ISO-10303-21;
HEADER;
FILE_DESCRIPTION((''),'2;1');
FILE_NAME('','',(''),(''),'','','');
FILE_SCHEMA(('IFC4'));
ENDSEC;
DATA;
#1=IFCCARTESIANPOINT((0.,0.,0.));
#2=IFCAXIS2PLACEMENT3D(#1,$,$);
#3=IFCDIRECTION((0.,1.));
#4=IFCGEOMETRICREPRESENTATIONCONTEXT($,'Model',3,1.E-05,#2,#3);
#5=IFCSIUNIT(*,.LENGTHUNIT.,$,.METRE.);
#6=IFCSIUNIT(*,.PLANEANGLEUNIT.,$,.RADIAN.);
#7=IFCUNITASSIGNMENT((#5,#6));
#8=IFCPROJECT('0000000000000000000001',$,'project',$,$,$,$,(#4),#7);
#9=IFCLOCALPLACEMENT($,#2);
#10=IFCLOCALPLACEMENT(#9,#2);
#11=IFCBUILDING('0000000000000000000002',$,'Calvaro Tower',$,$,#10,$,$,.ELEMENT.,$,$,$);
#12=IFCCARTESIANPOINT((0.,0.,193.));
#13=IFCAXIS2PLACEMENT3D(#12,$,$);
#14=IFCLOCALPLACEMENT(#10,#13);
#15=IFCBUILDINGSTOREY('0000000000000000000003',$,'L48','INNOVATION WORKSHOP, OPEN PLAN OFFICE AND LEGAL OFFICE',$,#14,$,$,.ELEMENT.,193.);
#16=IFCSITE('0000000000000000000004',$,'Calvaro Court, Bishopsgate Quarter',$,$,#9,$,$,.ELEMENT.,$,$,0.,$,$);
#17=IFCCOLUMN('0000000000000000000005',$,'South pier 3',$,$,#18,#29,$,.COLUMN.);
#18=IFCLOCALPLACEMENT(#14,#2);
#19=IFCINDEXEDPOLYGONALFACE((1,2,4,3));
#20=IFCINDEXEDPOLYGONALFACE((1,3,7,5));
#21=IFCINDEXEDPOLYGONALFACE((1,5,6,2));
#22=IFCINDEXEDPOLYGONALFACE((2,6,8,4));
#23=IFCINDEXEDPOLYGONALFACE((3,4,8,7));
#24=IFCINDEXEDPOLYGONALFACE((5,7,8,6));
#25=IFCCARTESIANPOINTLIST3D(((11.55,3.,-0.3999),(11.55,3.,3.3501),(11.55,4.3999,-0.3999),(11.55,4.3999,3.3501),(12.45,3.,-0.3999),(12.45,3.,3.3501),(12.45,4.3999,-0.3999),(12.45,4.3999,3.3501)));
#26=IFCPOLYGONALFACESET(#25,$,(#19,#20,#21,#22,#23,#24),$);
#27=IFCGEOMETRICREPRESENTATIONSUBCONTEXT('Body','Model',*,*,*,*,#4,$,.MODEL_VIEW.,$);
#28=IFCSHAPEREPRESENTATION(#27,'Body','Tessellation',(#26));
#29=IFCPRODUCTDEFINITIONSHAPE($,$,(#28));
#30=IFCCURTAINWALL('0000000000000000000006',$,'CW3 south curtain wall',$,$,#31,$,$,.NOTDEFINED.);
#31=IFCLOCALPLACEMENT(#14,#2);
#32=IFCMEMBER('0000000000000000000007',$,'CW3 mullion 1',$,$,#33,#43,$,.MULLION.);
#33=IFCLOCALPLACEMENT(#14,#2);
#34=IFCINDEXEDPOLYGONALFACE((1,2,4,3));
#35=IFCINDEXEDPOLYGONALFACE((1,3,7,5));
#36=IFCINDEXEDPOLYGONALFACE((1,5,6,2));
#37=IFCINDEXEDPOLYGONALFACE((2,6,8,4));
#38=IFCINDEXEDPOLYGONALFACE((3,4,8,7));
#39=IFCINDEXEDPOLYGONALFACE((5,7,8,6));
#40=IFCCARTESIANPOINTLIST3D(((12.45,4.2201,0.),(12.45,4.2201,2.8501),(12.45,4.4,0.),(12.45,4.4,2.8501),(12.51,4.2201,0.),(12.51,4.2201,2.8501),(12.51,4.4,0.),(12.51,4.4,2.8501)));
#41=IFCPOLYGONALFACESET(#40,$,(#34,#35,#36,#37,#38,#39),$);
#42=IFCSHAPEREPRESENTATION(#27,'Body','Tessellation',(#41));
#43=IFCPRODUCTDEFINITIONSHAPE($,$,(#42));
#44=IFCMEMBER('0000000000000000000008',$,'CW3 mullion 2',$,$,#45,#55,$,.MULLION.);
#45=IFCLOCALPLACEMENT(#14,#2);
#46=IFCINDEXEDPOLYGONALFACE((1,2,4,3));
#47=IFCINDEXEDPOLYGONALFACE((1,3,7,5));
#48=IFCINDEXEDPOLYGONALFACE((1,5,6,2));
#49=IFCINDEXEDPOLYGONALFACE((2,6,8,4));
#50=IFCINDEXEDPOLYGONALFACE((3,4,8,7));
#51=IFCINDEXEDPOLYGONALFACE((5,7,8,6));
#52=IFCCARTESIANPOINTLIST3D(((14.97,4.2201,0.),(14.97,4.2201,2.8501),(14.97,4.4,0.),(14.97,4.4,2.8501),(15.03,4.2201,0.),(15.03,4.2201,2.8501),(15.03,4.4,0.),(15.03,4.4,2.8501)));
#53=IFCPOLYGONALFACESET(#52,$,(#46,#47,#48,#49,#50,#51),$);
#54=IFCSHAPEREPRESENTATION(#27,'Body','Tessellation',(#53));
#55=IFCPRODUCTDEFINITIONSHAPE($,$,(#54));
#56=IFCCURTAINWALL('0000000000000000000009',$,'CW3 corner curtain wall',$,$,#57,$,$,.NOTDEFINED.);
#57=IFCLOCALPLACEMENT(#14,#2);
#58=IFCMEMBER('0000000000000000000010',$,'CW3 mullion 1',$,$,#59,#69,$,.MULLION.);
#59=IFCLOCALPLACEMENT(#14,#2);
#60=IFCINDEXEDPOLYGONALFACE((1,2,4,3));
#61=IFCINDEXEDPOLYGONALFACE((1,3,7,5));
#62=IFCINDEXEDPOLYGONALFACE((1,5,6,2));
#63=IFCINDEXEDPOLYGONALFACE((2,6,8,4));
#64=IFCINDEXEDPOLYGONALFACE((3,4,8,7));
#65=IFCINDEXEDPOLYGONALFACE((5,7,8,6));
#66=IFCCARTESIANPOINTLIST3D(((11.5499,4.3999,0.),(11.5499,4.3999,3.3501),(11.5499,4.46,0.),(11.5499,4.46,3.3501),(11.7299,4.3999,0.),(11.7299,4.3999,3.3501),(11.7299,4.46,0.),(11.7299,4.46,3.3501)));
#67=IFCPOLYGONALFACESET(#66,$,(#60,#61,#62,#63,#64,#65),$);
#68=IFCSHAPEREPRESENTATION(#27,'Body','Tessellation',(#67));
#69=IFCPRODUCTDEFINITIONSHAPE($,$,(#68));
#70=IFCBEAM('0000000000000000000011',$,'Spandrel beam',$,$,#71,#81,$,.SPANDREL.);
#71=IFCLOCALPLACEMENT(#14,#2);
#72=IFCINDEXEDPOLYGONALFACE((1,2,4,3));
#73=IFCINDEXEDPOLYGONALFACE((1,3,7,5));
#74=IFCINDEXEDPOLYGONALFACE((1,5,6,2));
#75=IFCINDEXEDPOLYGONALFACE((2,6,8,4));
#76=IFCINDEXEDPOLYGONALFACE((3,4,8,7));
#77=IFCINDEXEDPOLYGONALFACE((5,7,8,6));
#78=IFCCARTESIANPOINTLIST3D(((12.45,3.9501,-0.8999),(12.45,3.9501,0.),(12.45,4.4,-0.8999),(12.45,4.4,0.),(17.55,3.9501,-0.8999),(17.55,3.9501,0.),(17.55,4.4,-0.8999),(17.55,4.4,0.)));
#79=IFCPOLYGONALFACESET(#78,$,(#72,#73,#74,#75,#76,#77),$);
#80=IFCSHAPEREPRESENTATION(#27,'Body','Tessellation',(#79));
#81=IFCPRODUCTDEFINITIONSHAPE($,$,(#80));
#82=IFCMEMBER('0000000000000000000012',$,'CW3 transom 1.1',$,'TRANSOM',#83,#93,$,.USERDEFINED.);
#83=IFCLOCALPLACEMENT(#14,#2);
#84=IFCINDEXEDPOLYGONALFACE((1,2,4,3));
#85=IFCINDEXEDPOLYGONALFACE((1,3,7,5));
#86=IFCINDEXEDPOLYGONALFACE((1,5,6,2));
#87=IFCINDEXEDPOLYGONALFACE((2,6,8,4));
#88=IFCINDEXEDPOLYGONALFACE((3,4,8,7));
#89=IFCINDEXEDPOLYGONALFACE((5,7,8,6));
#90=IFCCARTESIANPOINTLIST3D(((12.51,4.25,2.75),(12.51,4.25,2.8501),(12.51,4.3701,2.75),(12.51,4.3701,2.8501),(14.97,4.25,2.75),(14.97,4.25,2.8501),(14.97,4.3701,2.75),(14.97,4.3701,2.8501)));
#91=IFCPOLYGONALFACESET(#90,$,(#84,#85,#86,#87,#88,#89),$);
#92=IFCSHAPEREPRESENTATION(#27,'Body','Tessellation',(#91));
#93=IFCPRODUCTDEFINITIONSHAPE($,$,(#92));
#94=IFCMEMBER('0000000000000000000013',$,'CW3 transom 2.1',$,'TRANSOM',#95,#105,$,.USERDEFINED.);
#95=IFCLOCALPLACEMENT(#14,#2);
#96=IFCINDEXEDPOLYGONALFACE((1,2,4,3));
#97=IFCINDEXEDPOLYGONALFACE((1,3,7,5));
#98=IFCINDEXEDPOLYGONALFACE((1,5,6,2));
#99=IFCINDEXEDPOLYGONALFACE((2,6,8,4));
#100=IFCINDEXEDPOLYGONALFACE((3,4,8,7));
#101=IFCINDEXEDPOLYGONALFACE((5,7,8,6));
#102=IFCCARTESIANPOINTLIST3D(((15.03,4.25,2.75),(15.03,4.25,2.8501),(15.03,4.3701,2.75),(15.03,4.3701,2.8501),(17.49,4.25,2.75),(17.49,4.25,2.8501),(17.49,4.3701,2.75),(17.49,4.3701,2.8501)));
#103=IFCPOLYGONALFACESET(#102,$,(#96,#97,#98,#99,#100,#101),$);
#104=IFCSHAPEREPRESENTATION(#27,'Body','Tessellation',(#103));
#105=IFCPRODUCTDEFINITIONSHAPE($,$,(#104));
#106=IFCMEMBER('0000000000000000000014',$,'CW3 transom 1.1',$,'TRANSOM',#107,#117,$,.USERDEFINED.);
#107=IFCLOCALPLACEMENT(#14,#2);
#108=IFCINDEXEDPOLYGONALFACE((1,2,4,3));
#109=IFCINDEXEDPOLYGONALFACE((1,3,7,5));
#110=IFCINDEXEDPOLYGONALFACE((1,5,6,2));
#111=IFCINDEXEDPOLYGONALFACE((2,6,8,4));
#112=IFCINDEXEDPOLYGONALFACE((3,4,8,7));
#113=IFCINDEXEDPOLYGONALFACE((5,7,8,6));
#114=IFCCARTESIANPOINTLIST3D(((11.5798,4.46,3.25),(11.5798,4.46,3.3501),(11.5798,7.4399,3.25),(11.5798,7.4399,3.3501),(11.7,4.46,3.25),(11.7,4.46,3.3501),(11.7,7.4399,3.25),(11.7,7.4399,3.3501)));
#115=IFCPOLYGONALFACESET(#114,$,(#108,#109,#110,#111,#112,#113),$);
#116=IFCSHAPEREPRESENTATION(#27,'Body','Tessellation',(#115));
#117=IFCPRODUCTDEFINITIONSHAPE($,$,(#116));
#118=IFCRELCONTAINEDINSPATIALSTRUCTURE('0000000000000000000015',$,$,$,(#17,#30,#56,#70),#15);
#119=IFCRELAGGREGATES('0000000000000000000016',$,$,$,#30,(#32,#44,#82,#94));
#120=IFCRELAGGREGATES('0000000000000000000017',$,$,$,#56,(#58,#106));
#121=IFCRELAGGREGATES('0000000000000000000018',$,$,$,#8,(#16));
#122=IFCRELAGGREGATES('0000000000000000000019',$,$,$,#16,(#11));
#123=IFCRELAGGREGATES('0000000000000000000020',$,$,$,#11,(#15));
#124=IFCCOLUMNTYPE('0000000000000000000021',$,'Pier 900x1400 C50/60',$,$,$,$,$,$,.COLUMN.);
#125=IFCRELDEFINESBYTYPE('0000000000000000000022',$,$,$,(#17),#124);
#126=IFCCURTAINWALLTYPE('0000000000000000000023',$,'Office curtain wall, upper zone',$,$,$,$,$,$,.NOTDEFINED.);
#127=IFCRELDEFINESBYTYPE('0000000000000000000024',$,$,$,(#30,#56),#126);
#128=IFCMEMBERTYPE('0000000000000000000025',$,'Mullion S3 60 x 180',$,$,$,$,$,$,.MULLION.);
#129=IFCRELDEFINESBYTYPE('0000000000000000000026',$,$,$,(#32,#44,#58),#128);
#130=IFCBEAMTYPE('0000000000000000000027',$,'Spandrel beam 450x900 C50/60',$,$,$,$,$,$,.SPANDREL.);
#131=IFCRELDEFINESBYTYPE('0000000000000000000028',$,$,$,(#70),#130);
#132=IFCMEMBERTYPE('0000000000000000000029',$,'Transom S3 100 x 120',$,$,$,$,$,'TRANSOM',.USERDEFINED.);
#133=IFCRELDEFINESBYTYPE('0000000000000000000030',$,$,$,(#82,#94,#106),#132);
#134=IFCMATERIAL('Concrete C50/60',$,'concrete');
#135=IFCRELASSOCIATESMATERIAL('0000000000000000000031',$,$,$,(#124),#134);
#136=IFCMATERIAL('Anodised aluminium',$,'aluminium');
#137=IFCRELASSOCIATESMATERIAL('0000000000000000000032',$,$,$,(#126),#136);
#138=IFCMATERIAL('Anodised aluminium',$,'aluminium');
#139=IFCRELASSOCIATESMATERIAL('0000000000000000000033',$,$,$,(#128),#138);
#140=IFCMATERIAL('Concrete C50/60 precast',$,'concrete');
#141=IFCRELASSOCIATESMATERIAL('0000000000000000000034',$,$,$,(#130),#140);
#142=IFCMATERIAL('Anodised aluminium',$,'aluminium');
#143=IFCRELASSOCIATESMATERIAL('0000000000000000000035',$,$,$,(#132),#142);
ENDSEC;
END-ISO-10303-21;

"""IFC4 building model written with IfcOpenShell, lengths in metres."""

from ifc_helpers import new_model, si_unit, direction, frame, origin, origin_2d, place, context, subcontext, project, spatial, rectangle, extrude, material, material_profile, profile_set, type_object, element, aggregate, save


model = new_model("IFC4")

# Units and contexts
model_context = context("Model", 3, precision=1e-05, world=origin(), true_north=direction((0.0, 1.0)))
body_context = subcontext(model_context, "Body", "Model", "MODEL_VIEW")
ifc_project = project(units=[si_unit("LENGTHUNIT", "METRE"), si_unit("PLANEANGLEUNIT", "RADIAN")], contexts=[model_context])

# Site, building, storey
site_placement = place(None, origin())
site = spatial("IfcSite", under=ifc_project, at=site_placement, Name="Calvaro Court, Bishopsgate Quarter", CompositionType="ELEMENT", RefElevation=0.0)
building_placement = place(site_placement, origin())
building = spatial("IfcBuilding", under=site, at=building_placement, Name="Calvaro Tower", CompositionType="ELEMENT")
storey_placement = place(building_placement, frame((0.0, 0.0, 193.0)))
storey = spatial("IfcBuildingStorey", under=building, at=storey_placement, Name="L48", Description="INNOVATION WORKSHOP, OPEN PLAN OFFICE AND LEGAL OFFICE", CompositionType="ELEMENT", Elevation=193.0)

# Column
ifc_material_1 = material(Name="Concrete C50/60", Category="concrete")
ifc_material_profile_1 = material_profile(ifc_material_1, rectangle(XDim=0.8999, YDim=1.3999, at=origin_2d()), Name="RC 900x1400")
ifc_profile_set_1 = profile_set([ifc_material_profile_1], Name="Concrete C50/60")
column_type = type_object("IfcColumnType", Name="Pier 900x1400 C50/60", PredefinedType="COLUMN", material=ifc_profile_set_1)
column_placement = place(storey_placement, frame((12.0, 3.7, -0.3999), z_axis=(0.0, 0.0, 1.0), x_axis=(1.0, 0.0, 0.0)))
element("IfcColumn", 1, at=column_placement, inside=storey, type_object=column_type, Name="South pier 3", PredefinedType="COLUMN", context=body_context, shape_type="SweptSolid", body=[
    extrude(rectangle(XDim=0.8999, YDim=1.3999, at=origin_2d()), origin(), (0.0, 0.0, 1.0), 3.75),
])

# Curtain wall, members
ifc_material_2 = material(Name="Anodised aluminium", Category="aluminium")
curtain_wall_type = type_object("IfcCurtainWallType", Name="Office curtain wall, upper zone", PredefinedType="NOTDEFINED", material=ifc_material_2)
curtain_wall_1_placement = place(storey_placement, origin())
curtain_wall_1 = element("IfcCurtainWall", 2, at=curtain_wall_1_placement, inside=storey, type_object=curtain_wall_type, Name="CW3 south curtain wall", PredefinedType="NOTDEFINED")
ifc_material_3 = material(Name="Anodised aluminium", Category="aluminium")
ifc_material_profile_2 = material_profile(ifc_material_3, rectangle(XDim=0.1799, YDim=0.0601, at=origin_2d()), Name="Mullion S3 60 x 180")
ifc_profile_set_2 = profile_set([ifc_material_profile_2], Name="Anodised aluminium")
member_type_1 = type_object("IfcMemberType", Name="Mullion S3 60 x 180", PredefinedType="MULLION", material=ifc_profile_set_2)
member_1_placement = place(storey_placement, frame((12.48, 4.3101, 0.0), z_axis=(0.0, 0.0, 1.0), x_axis=(0.0, 1.0, 0.0)))
member_1 = element("IfcMember", 3, at=member_1_placement, type_object=member_type_1, Name="CW3 mullion 1", PredefinedType="MULLION", context=body_context, shape_type="SweptSolid", body=[
    extrude(rectangle(XDim=0.1799, YDim=0.0601, at=origin_2d()), origin(), (0.0, 0.0, 1.0), 2.8501),
])
member_2_placement = place(storey_placement, frame((15.0, 4.3101, 0.0), z_axis=(0.0, 0.0, 1.0), x_axis=(0.0, 1.0, 0.0)))
member_2 = element("IfcMember", 4, at=member_2_placement, type_object=member_type_1, Name="CW3 mullion 2", PredefinedType="MULLION", context=body_context, shape_type="SweptSolid", body=[
    extrude(rectangle(XDim=0.1799, YDim=0.0601, at=origin_2d()), origin(), (0.0, 0.0, 1.0), 2.8501),
])

# Curtain wall, member
curtain_wall_2_placement = place(storey_placement, origin())
curtain_wall_2 = element("IfcCurtainWall", 5, at=curtain_wall_2_placement, inside=storey, type_object=curtain_wall_type, Name="CW3 corner curtain wall", PredefinedType="NOTDEFINED")
member_3_placement = place(storey_placement, frame((11.6399, 4.4299, 0.0), z_axis=(0.0, 0.0, 1.0), x_axis=(-1.0, 0.0, 0.0)))
member_3 = element("IfcMember", 6, at=member_3_placement, type_object=member_type_1, Name="CW3 mullion 1", PredefinedType="MULLION", context=body_context, shape_type="SweptSolid", body=[
    extrude(rectangle(XDim=0.1799, YDim=0.0601, at=origin_2d()), origin(), (0.0, 0.0, 1.0), 3.3501),
])

# Beam
ifc_material_4 = material(Name="Concrete C50/60 precast", Category="concrete")
ifc_material_profile_3 = material_profile(ifc_material_4, rectangle(XDim=0.45, YDim=0.8999, at=origin_2d()), Name="RC 450x900")
ifc_profile_set_3 = profile_set([ifc_material_profile_3], Name="Concrete C50/60 precast")
beam_type = type_object("IfcBeamType", Name="Spandrel beam 450x900 C50/60", PredefinedType="SPANDREL", material=ifc_profile_set_3)
beam_placement = place(storey_placement, frame((12.45, 4.175, -0.45), z_axis=(1.0, 0.0, 0.0), x_axis=(0.0, 1.0, 0.0)))
element("IfcBeam", 7, at=beam_placement, inside=storey, type_object=beam_type, Name="Spandrel beam", PredefinedType="SPANDREL", context=body_context, shape_type="SweptSolid", body=[
    extrude(rectangle(XDim=0.45, YDim=0.8999, at=origin_2d()), origin(), (0.0, 0.0, 1.0), 5.1001),
])

# Members
ifc_material_5 = material(Name="Anodised aluminium", Category="aluminium")
ifc_material_profile_4 = material_profile(ifc_material_5, rectangle(XDim=0.1201, YDim=0.1001, at=origin_2d()), Name="Transom S3 100 x 120")
ifc_profile_set_4 = profile_set([ifc_material_profile_4], Name="Anodised aluminium")
member_type_2 = type_object("IfcMemberType", Name="Transom S3 100 x 120", ElementType="TRANSOM", PredefinedType="USERDEFINED", material=ifc_profile_set_4)
member_4_placement = place(storey_placement, frame((12.51, 4.3101, 2.8), z_axis=(1.0, 0.0, 0.0), x_axis=(0.0, 1.0, 0.0)))
member_4 = element("IfcMember", 8, at=member_4_placement, type_object=member_type_2, Name="CW3 transom 1.1", ObjectType="TRANSOM", PredefinedType="USERDEFINED", context=body_context, shape_type="SweptSolid", body=[
    extrude(rectangle(XDim=0.1201, YDim=0.1001, at=origin_2d()), origin(), (0.0, 0.0, 1.0), 2.46),
])
member_5_placement = place(storey_placement, frame((15.03, 4.3101, 2.8), z_axis=(1.0, 0.0, 0.0), x_axis=(0.0, 1.0, 0.0)))
member_5 = element("IfcMember", 9, at=member_5_placement, type_object=member_type_2, Name="CW3 transom 2.1", ObjectType="TRANSOM", PredefinedType="USERDEFINED", context=body_context, shape_type="SweptSolid", body=[
    extrude(rectangle(XDim=0.1201, YDim=0.1001, at=origin_2d()), origin(), (0.0, 0.0, 1.0), 2.46),
])
member_6_placement = place(storey_placement, frame((11.6399, 4.46, 3.3), z_axis=(0.0, 1.0, 0.0), x_axis=(-1.0, 0.0, 0.0)))
member_6 = element("IfcMember", 10, at=member_6_placement, type_object=member_type_2, Name="CW3 transom 1.1", ObjectType="TRANSOM", PredefinedType="USERDEFINED", context=body_context, shape_type="SweptSolid", body=[
    extrude(rectangle(XDim=0.1201, YDim=0.1001, at=origin_2d()), origin(), (0.0, 0.0, 1.0), 2.98),
])

aggregate(curtain_wall_1, [member_1, member_2, member_4, member_5])
aggregate(curtain_wall_2, [member_3, member_6])

save(model, "model.ifc")
